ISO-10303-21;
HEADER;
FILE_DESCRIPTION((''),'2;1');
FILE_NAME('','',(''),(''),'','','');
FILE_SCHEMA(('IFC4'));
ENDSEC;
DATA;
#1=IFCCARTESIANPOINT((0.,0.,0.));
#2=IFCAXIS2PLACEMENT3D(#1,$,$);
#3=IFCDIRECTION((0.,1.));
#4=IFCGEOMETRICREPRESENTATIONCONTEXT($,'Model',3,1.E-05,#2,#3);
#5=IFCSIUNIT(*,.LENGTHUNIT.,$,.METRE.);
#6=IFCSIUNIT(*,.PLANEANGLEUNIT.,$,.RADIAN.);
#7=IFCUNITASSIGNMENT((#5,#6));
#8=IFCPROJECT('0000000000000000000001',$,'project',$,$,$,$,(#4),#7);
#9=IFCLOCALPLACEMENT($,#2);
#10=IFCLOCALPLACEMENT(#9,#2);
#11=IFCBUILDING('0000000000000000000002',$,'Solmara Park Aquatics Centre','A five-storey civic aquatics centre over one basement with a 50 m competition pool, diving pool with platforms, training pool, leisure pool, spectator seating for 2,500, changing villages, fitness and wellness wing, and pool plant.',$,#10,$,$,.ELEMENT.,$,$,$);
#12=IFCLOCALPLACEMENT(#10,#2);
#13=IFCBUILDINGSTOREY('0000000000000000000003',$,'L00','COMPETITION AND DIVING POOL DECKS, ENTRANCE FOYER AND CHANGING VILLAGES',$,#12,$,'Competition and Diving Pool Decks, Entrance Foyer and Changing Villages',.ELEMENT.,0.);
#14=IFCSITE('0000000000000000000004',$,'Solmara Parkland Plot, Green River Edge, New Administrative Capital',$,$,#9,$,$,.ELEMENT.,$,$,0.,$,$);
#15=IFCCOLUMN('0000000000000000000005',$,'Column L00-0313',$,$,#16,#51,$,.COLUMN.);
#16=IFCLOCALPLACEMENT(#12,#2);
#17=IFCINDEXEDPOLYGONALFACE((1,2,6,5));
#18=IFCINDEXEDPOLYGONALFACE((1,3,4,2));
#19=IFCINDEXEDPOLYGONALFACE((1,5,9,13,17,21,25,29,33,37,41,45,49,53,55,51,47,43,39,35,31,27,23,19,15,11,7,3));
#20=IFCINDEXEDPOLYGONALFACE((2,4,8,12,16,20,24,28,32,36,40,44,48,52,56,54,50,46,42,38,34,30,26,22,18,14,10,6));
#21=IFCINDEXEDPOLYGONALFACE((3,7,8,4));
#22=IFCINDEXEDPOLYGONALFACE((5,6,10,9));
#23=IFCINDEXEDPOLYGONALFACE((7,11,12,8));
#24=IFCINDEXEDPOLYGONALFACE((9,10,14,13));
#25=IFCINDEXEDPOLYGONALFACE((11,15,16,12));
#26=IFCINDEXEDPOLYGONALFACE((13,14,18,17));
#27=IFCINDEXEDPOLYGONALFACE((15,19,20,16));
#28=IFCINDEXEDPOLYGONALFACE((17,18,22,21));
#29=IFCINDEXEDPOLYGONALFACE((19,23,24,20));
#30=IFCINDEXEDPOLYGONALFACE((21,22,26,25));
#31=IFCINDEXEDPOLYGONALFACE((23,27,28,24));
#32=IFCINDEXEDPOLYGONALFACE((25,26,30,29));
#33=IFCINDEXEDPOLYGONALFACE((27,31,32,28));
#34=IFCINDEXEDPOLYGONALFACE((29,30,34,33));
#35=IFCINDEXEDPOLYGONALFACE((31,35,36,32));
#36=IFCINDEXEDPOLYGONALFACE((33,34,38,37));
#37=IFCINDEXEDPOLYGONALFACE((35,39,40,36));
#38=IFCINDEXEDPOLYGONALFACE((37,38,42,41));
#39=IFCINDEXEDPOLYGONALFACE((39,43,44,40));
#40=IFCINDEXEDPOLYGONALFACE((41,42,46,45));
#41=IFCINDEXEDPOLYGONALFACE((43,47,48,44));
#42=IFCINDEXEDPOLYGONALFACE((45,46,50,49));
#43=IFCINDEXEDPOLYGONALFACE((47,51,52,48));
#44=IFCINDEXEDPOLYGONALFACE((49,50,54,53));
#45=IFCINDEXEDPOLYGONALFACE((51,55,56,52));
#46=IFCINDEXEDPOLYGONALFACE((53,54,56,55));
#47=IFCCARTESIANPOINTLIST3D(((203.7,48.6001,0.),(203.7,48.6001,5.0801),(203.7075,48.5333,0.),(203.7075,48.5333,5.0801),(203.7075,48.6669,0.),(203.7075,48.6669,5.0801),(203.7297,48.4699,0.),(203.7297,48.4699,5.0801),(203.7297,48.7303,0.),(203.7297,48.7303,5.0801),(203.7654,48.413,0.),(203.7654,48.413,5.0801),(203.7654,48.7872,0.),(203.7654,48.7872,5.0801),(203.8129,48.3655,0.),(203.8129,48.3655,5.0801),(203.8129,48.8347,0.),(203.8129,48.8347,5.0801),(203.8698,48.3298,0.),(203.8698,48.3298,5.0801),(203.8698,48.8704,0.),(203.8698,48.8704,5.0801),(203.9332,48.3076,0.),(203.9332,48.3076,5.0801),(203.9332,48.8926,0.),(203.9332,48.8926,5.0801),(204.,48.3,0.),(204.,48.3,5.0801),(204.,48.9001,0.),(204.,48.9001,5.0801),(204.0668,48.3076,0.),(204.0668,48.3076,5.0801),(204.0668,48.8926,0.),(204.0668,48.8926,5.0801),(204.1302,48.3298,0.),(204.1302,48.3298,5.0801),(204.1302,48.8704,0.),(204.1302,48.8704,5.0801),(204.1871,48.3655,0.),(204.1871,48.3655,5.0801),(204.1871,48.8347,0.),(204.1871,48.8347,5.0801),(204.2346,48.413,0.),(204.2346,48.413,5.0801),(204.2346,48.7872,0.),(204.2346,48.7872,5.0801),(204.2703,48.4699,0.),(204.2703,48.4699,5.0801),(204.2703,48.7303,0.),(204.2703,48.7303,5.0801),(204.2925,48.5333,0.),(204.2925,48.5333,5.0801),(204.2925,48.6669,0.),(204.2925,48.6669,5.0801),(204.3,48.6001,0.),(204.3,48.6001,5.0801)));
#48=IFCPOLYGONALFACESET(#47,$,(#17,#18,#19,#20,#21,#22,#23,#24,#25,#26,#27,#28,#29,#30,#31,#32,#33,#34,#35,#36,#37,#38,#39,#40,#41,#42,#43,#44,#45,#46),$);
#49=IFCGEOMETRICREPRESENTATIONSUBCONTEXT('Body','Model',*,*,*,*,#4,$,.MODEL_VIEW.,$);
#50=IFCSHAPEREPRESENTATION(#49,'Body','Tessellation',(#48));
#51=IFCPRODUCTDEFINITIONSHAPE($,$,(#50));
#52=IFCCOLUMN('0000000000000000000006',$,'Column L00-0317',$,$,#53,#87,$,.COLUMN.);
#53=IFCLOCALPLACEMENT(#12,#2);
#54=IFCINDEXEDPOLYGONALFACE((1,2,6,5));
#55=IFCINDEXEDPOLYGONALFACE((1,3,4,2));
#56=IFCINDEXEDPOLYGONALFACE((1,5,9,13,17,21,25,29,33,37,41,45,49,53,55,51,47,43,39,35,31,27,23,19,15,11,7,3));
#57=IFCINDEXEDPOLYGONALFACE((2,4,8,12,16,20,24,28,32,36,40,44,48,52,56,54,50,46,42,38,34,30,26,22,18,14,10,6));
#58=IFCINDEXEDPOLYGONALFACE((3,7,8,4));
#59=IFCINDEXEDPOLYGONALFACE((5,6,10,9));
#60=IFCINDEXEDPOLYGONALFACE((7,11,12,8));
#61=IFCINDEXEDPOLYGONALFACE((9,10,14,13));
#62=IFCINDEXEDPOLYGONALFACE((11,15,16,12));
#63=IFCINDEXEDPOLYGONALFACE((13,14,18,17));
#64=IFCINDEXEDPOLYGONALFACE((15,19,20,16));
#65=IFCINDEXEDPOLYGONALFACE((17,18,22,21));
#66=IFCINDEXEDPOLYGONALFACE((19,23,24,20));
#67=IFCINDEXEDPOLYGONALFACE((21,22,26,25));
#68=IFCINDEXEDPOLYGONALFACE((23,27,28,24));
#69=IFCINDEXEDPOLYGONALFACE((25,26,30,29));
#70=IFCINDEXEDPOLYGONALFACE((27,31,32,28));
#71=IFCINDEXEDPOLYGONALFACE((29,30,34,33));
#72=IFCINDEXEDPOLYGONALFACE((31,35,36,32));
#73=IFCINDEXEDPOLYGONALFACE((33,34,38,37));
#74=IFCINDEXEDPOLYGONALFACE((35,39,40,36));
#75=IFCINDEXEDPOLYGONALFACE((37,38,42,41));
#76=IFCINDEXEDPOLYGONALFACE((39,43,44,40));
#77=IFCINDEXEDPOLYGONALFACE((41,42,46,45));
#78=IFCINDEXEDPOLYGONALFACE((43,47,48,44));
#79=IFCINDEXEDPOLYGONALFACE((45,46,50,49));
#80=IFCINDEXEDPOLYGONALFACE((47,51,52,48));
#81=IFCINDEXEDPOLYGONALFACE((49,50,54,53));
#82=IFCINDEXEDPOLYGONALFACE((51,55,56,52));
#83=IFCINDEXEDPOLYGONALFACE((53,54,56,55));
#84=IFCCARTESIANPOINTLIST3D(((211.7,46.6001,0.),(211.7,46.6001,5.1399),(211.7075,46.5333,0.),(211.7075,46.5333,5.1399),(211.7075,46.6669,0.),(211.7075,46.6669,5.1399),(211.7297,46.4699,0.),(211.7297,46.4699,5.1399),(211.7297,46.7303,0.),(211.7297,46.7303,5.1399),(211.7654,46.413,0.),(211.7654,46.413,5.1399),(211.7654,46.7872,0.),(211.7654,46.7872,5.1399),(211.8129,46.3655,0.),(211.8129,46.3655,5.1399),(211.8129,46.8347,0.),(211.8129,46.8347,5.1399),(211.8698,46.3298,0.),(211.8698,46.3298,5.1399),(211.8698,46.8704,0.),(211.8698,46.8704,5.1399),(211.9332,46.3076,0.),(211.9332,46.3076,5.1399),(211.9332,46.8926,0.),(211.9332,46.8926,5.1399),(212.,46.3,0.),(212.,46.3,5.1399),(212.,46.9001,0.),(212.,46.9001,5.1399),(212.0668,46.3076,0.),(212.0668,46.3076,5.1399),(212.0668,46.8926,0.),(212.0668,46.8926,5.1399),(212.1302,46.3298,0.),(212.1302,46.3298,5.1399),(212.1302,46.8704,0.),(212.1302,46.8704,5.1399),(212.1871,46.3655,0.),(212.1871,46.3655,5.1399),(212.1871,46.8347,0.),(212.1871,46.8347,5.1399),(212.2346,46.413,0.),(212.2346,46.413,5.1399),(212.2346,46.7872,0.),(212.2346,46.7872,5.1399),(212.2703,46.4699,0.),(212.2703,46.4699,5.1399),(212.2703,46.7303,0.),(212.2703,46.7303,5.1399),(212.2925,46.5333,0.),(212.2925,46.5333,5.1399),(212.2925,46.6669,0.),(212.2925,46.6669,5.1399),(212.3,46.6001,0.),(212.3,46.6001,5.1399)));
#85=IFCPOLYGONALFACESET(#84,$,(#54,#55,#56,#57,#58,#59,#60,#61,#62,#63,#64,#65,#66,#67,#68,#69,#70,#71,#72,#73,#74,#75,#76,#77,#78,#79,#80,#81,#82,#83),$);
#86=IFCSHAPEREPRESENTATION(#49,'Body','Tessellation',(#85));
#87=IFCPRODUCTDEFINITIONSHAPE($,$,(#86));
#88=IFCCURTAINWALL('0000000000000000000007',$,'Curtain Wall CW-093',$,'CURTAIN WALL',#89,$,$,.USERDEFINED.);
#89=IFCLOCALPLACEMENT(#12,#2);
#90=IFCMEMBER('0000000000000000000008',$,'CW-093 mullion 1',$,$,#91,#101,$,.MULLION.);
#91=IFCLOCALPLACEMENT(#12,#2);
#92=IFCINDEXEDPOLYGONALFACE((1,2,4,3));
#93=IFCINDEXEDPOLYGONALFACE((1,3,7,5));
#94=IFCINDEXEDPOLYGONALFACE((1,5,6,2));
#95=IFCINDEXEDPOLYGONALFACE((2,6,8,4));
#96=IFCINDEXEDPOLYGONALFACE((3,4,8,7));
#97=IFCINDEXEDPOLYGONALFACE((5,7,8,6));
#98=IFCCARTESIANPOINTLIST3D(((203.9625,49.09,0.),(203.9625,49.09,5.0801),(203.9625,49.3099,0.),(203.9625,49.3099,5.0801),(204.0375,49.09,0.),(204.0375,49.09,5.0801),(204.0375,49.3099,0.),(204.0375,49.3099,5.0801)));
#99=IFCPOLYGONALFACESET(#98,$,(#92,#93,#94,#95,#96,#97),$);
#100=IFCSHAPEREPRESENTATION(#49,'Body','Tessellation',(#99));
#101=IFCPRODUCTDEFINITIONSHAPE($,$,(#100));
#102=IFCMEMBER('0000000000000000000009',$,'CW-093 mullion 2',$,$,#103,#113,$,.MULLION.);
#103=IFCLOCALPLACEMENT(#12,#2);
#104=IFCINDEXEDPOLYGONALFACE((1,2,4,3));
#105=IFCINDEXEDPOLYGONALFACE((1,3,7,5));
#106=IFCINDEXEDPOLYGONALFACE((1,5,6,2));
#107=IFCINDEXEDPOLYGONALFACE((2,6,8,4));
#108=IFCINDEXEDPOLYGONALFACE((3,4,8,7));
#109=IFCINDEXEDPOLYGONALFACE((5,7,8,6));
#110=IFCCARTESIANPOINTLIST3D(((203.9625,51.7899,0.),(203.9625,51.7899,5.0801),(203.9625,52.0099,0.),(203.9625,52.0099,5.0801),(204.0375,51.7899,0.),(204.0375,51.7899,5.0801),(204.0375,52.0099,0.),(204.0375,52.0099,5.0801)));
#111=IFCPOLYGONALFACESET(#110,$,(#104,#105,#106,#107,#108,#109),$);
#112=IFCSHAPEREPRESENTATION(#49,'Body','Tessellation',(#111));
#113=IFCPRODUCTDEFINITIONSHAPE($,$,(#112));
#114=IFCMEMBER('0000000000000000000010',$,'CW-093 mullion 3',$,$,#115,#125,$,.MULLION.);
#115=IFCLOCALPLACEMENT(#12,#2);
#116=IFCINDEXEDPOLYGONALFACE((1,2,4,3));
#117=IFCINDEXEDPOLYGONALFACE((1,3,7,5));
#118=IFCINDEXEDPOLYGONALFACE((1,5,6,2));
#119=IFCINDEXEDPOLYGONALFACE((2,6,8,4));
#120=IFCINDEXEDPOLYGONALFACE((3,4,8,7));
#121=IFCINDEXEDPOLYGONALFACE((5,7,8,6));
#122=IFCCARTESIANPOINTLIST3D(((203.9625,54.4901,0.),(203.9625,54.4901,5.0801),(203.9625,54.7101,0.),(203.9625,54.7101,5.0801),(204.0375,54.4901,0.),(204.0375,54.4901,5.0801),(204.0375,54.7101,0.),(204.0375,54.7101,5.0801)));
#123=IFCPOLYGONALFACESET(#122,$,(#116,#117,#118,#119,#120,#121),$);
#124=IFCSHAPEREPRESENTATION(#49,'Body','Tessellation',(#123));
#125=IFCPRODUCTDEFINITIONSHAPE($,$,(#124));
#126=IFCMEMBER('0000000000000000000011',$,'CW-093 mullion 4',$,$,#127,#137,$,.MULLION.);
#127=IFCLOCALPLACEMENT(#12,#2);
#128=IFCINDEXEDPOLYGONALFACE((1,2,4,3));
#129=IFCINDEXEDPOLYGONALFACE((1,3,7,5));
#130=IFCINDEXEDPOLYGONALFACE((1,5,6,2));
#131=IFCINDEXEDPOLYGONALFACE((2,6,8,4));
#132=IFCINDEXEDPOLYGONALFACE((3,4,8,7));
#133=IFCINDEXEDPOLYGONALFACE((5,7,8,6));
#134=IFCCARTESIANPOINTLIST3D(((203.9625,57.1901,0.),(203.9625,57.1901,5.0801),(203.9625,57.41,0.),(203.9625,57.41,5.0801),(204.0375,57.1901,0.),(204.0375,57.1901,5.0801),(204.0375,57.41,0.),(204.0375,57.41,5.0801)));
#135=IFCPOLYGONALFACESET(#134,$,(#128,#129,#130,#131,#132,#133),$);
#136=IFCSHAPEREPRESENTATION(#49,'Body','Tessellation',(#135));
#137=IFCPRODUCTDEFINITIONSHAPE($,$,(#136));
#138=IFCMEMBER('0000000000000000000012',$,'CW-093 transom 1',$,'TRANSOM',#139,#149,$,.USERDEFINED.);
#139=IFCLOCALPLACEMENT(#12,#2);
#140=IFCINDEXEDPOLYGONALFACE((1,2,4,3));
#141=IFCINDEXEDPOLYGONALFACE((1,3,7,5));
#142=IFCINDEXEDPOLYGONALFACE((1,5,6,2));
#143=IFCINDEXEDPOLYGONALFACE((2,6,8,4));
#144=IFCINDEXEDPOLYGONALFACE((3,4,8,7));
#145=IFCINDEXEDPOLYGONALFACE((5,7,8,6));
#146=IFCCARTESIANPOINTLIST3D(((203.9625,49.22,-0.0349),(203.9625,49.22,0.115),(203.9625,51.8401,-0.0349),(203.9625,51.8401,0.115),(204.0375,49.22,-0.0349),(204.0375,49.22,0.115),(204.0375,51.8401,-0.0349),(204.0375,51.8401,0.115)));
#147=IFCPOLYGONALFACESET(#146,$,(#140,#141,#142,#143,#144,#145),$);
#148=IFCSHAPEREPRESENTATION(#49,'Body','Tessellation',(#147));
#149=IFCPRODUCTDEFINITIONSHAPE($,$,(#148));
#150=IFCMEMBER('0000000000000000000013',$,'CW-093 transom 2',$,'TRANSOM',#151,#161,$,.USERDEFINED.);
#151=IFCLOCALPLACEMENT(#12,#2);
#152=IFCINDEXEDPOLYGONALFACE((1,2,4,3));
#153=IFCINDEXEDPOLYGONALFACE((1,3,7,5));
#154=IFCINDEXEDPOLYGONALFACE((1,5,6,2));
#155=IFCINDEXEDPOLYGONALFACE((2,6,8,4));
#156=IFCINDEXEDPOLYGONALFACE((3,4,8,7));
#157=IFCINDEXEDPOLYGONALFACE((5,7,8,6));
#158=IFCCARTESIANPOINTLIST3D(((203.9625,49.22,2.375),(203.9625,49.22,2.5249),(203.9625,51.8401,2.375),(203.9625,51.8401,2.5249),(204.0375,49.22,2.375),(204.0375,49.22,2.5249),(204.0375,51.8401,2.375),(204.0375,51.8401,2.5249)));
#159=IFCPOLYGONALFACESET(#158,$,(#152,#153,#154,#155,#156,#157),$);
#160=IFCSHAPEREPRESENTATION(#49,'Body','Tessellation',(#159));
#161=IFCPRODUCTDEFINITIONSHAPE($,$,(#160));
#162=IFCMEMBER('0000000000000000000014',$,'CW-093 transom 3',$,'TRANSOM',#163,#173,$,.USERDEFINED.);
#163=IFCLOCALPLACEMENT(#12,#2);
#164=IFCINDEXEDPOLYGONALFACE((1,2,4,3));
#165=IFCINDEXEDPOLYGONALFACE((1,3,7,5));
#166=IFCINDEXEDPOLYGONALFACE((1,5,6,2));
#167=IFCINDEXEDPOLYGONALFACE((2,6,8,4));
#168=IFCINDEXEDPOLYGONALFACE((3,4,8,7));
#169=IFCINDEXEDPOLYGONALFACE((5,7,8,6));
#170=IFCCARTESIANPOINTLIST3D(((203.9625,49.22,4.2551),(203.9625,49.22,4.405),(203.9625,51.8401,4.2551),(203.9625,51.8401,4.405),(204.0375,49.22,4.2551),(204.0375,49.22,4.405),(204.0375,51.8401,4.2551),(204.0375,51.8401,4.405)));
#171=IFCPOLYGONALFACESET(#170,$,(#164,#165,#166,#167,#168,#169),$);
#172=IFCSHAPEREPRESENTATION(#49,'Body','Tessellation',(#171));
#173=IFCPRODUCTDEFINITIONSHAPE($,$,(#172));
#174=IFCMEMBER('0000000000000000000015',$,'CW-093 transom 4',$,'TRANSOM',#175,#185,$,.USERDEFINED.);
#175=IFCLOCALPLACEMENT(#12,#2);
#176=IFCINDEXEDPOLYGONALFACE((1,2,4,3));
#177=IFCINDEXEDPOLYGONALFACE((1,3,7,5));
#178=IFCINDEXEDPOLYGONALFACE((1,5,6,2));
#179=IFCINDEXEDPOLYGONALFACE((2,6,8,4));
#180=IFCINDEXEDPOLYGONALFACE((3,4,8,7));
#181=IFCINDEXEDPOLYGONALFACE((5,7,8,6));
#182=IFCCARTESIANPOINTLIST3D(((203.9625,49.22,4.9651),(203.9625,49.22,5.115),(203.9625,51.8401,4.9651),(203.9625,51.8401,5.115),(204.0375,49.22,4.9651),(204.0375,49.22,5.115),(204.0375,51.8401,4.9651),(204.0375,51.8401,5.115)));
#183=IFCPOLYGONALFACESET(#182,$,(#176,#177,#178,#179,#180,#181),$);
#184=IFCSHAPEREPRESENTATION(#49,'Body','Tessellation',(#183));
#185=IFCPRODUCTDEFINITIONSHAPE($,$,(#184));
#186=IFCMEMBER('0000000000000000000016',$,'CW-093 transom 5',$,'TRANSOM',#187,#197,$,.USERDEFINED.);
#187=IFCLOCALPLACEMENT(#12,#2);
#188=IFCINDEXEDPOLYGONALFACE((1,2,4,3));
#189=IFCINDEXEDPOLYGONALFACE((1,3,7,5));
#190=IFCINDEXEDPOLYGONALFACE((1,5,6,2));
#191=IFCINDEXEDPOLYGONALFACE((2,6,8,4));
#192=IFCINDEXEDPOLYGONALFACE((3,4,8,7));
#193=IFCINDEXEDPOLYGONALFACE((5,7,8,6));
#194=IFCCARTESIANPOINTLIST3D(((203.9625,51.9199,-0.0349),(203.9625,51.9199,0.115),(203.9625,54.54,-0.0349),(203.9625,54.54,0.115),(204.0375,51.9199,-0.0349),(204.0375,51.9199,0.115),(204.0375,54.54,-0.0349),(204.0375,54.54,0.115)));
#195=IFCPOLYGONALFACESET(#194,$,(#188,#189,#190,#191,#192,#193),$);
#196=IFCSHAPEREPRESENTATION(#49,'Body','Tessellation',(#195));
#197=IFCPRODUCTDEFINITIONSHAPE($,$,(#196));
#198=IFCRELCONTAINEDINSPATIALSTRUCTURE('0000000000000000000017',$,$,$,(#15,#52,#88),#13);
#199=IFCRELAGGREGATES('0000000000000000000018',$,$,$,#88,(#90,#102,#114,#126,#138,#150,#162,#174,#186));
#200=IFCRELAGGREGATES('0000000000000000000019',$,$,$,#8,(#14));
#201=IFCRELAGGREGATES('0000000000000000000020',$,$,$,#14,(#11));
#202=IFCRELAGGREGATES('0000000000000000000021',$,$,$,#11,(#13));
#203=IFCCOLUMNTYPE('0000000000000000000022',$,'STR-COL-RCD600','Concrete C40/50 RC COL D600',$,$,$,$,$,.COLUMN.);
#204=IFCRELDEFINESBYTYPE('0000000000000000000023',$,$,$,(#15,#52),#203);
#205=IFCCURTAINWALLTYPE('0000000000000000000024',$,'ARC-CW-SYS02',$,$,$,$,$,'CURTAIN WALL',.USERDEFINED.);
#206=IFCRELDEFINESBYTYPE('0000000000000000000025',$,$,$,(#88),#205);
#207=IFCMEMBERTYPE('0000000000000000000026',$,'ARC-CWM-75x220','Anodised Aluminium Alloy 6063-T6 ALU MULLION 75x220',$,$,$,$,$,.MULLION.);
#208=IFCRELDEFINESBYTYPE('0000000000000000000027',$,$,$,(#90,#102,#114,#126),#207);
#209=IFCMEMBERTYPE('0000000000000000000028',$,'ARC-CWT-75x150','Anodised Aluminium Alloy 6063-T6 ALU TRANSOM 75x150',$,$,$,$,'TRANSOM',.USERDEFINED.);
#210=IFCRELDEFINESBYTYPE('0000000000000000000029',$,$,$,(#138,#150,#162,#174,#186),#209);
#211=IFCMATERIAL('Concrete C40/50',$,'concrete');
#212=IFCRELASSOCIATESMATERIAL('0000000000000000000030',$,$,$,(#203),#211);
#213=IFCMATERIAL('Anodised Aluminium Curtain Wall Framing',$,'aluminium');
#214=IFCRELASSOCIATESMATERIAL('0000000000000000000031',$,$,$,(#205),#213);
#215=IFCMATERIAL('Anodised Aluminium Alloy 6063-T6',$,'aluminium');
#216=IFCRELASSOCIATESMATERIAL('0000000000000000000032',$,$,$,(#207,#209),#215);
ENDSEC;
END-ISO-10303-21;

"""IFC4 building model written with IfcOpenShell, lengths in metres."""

from ifc_helpers import new_model, si_unit, direction, frame, origin, origin_2d, place, context, subcontext, project, spatial, rectangle, circle, extrude, material, material_profile, profile_set, type_object, element, aggregate, save


model = new_model("IFC4")

# Units and contexts
model_context = context("Model", 3, precision=1e-05, world=origin(), true_north=direction((0.0, 1.0)))
body_context = subcontext(model_context, "Body", "Model", "MODEL_VIEW")
ifc_project = project(units=[si_unit("LENGTHUNIT", "METRE"), si_unit("PLANEANGLEUNIT", "RADIAN")], contexts=[model_context])

# Site, building, storey
site_placement = place(None, origin())
site = spatial("IfcSite", under=ifc_project, at=site_placement, Name="Solmara Parkland Plot, Green River Edge, New Administrative Capital", CompositionType="ELEMENT", RefElevation=0.0)
building_placement = place(site_placement, origin())
building = spatial("IfcBuilding", under=site, at=building_placement, Name="Solmara Park Aquatics Centre", Description="A five-storey civic aquatics centre over one basement with a 50 m competition pool, diving pool with platforms, training pool, leisure pool, spectator seating for 2,500, changing villages, fitness and wellness wing, and pool plant.", CompositionType="ELEMENT")
storey_placement = place(building_placement, origin())
storey = spatial("IfcBuildingStorey", under=building, at=storey_placement, Name="L00", Description="COMPETITION AND DIVING POOL DECKS, ENTRANCE FOYER AND CHANGING VILLAGES", LongName="Competition and Diving Pool Decks, Entrance Foyer and Changing Villages", CompositionType="ELEMENT", Elevation=0.0)

# Columns
ifc_material_1 = material(Name="Concrete C40/50", Category="concrete")
ifc_material_profile_1 = material_profile(ifc_material_1, circle(Radius=0.3, at=origin_2d()), Name="RC COL D600")
ifc_profile_set_1 = profile_set([ifc_material_profile_1], Name="Concrete C40/50")
column_type = type_object("IfcColumnType", Name="STR-COL-RCD600", Description="Concrete C40/50 RC COL D600", PredefinedType="COLUMN", material=ifc_profile_set_1)
column_1_placement = place(storey_placement, frame((204.0, 48.6001, 0.0), z_axis=(0.0, 0.0, 1.0), x_axis=(1.0, 0.0, 0.0)))
element("IfcColumn", 1, at=column_1_placement, inside=storey, type_object=column_type, Name="Column L00-0313", PredefinedType="COLUMN", context=body_context, shape_type="SweptSolid", body=[
    extrude(circle(Radius=0.3, at=origin_2d()), origin(), (0.0, 0.0, 1.0), 5.0801),
])
column_2_placement = place(storey_placement, frame((212.0, 46.6001, 0.0), z_axis=(0.0, 0.0, 1.0), x_axis=(1.0, 0.0, 0.0)))
element("IfcColumn", 2, at=column_2_placement, inside=storey, type_object=column_type, Name="Column L00-0317", PredefinedType="COLUMN", context=body_context, shape_type="SweptSolid", body=[
    extrude(circle(Radius=0.3, at=origin_2d()), origin(), (0.0, 0.0, 1.0), 5.1399),
])

# Curtain wall, members
ifc_material_2 = material(Name="Anodised Aluminium Curtain Wall Framing", Category="aluminium")
curtain_wall_type = type_object("IfcCurtainWallType", Name="ARC-CW-SYS02", ElementType="CURTAIN WALL", PredefinedType="USERDEFINED", material=ifc_material_2)
curtain_wall_placement = place(storey_placement, origin())
curtain_wall = element("IfcCurtainWall", 3, at=curtain_wall_placement, inside=storey, type_object=curtain_wall_type, Name="Curtain Wall CW-093", ObjectType="CURTAIN WALL", PredefinedType="USERDEFINED")
ifc_material_3 = material(Name="Anodised Aluminium Alloy 6063-T6", Category="aluminium")
ifc_material_profile_2 = material_profile(ifc_material_3, rectangle(XDim=0.075, YDim=0.22, at=origin_2d()), Name="ALU MULLION 75x220")
ifc_profile_set_2 = profile_set([ifc_material_profile_2], Name="Anodised Aluminium Alloy 6063-T6")
member_type_1 = type_object("IfcMemberType", Name="ARC-CWM-75x220", Description="Anodised Aluminium Alloy 6063-T6 ALU MULLION 75x220", PredefinedType="MULLION", material=ifc_profile_set_2)
member_1_placement = place(storey_placement, frame((204.0, 49.2, 0.0), z_axis=(0.0, 0.0, 1.0), x_axis=(1.0, 0.0, 0.0)))
member_1 = element("IfcMember", 4, at=member_1_placement, type_object=member_type_1, Name="CW-093 mullion 1", PredefinedType="MULLION", context=body_context, shape_type="SweptSolid", body=[
    extrude(rectangle(XDim=0.075, YDim=0.22, at=origin_2d()), origin(), (0.0, 0.0, 1.0), 5.0801),
])
member_2_placement = place(storey_placement, frame((204.0, 51.8999, 0.0), z_axis=(0.0, 0.0, 1.0), x_axis=(1.0, 0.0, 0.0)))
member_2 = element("IfcMember", 5, at=member_2_placement, type_object=member_type_1, Name="CW-093 mullion 2", PredefinedType="MULLION", context=body_context, shape_type="SweptSolid", body=[
    extrude(rectangle(XDim=0.075, YDim=0.22, at=origin_2d()), origin(), (0.0, 0.0, 1.0), 5.0801),
])
member_3_placement = place(storey_placement, frame((204.0, 54.6001, 0.0), z_axis=(0.0, 0.0, 1.0), x_axis=(1.0, 0.0, 0.0)))
member_3 = element("IfcMember", 6, at=member_3_placement, type_object=member_type_1, Name="CW-093 mullion 3", PredefinedType="MULLION", context=body_context, shape_type="SweptSolid", body=[
    extrude(rectangle(XDim=0.075, YDim=0.22, at=origin_2d()), origin(), (0.0, 0.0, 1.0), 5.0801),
])
member_4_placement = place(storey_placement, frame((204.0, 57.3, 0.0), z_axis=(0.0, 0.0, 1.0), x_axis=(1.0, 0.0, 0.0)))
member_4 = element("IfcMember", 7, at=member_4_placement, type_object=member_type_1, Name="CW-093 mullion 4", PredefinedType="MULLION", context=body_context, shape_type="SweptSolid", body=[
    extrude(rectangle(XDim=0.075, YDim=0.22, at=origin_2d()), origin(), (0.0, 0.0, 1.0), 5.0801),
])
ifc_material_profile_3 = material_profile(ifc_material_3, rectangle(XDim=0.075, YDim=0.1499, at=origin_2d()), Name="ALU TRANSOM 75x150")
ifc_profile_set_3 = profile_set([ifc_material_profile_3], Name="Anodised Aluminium Alloy 6063-T6")
member_type_2 = type_object("IfcMemberType", Name="ARC-CWT-75x150", Description="Anodised Aluminium Alloy 6063-T6 ALU TRANSOM 75x150", ElementType="TRANSOM", PredefinedType="USERDEFINED", material=ifc_profile_set_3)
member_5_placement = place(storey_placement, frame((204.0, 49.22, 0.04), z_axis=(0.0, 1.0, 0.0), x_axis=(-1.0, 0.0, 0.0)))
member_5 = element("IfcMember", 8, at=member_5_placement, type_object=member_type_2, Name="CW-093 transom 1", ObjectType="TRANSOM", PredefinedType="USERDEFINED", context=body_context, shape_type="SweptSolid", body=[
    extrude(rectangle(XDim=0.075, YDim=0.1499, at=origin_2d()), origin(), (0.0, 0.0, 1.0), 2.6201),
])
member_6_placement = place(storey_placement, frame((204.0, 49.22, 2.45), z_axis=(0.0, 1.0, 0.0), x_axis=(-1.0, 0.0, 0.0)))
member_6 = element("IfcMember", 9, at=member_6_placement, type_object=member_type_2, Name="CW-093 transom 2", ObjectType="TRANSOM", PredefinedType="USERDEFINED", context=body_context, shape_type="SweptSolid", body=[
    extrude(rectangle(XDim=0.075, YDim=0.1499, at=origin_2d()), origin(), (0.0, 0.0, 1.0), 2.6201),
])
member_7_placement = place(storey_placement, frame((204.0, 49.22, 4.3301), z_axis=(0.0, 1.0, 0.0), x_axis=(-1.0, 0.0, 0.0)))
member_7 = element("IfcMember", 10, at=member_7_placement, type_object=member_type_2, Name="CW-093 transom 3", ObjectType="TRANSOM", PredefinedType="USERDEFINED", context=body_context, shape_type="SweptSolid", body=[
    extrude(rectangle(XDim=0.075, YDim=0.1499, at=origin_2d()), origin(), (0.0, 0.0, 1.0), 2.6201),
])
member_8_placement = place(storey_placement, frame((204.0, 49.22, 5.04), z_axis=(0.0, 1.0, 0.0), x_axis=(-1.0, 0.0, 0.0)))
member_8 = element("IfcMember", 11, at=member_8_placement, type_object=member_type_2, Name="CW-093 transom 4", ObjectType="TRANSOM", PredefinedType="USERDEFINED", context=body_context, shape_type="SweptSolid", body=[
    extrude(rectangle(XDim=0.075, YDim=0.1499, at=origin_2d()), origin(), (0.0, 0.0, 1.0), 2.6201),
])
member_9_placement = place(storey_placement, frame((204.0, 51.9199, 0.04), z_axis=(0.0, 1.0, 0.0), x_axis=(-1.0, 0.0, 0.0)))
member_9 = element("IfcMember", 12, at=member_9_placement, type_object=member_type_2, Name="CW-093 transom 5", ObjectType="TRANSOM", PredefinedType="USERDEFINED", context=body_context, shape_type="SweptSolid", body=[
    extrude(rectangle(XDim=0.075, YDim=0.1499, at=origin_2d()), origin(), (0.0, 0.0, 1.0), 2.6201),
])

aggregate(curtain_wall, [member_1, member_2, member_3, member_4, member_5, member_6, member_7, member_8, member_9])

save(model, "model.ifc")
